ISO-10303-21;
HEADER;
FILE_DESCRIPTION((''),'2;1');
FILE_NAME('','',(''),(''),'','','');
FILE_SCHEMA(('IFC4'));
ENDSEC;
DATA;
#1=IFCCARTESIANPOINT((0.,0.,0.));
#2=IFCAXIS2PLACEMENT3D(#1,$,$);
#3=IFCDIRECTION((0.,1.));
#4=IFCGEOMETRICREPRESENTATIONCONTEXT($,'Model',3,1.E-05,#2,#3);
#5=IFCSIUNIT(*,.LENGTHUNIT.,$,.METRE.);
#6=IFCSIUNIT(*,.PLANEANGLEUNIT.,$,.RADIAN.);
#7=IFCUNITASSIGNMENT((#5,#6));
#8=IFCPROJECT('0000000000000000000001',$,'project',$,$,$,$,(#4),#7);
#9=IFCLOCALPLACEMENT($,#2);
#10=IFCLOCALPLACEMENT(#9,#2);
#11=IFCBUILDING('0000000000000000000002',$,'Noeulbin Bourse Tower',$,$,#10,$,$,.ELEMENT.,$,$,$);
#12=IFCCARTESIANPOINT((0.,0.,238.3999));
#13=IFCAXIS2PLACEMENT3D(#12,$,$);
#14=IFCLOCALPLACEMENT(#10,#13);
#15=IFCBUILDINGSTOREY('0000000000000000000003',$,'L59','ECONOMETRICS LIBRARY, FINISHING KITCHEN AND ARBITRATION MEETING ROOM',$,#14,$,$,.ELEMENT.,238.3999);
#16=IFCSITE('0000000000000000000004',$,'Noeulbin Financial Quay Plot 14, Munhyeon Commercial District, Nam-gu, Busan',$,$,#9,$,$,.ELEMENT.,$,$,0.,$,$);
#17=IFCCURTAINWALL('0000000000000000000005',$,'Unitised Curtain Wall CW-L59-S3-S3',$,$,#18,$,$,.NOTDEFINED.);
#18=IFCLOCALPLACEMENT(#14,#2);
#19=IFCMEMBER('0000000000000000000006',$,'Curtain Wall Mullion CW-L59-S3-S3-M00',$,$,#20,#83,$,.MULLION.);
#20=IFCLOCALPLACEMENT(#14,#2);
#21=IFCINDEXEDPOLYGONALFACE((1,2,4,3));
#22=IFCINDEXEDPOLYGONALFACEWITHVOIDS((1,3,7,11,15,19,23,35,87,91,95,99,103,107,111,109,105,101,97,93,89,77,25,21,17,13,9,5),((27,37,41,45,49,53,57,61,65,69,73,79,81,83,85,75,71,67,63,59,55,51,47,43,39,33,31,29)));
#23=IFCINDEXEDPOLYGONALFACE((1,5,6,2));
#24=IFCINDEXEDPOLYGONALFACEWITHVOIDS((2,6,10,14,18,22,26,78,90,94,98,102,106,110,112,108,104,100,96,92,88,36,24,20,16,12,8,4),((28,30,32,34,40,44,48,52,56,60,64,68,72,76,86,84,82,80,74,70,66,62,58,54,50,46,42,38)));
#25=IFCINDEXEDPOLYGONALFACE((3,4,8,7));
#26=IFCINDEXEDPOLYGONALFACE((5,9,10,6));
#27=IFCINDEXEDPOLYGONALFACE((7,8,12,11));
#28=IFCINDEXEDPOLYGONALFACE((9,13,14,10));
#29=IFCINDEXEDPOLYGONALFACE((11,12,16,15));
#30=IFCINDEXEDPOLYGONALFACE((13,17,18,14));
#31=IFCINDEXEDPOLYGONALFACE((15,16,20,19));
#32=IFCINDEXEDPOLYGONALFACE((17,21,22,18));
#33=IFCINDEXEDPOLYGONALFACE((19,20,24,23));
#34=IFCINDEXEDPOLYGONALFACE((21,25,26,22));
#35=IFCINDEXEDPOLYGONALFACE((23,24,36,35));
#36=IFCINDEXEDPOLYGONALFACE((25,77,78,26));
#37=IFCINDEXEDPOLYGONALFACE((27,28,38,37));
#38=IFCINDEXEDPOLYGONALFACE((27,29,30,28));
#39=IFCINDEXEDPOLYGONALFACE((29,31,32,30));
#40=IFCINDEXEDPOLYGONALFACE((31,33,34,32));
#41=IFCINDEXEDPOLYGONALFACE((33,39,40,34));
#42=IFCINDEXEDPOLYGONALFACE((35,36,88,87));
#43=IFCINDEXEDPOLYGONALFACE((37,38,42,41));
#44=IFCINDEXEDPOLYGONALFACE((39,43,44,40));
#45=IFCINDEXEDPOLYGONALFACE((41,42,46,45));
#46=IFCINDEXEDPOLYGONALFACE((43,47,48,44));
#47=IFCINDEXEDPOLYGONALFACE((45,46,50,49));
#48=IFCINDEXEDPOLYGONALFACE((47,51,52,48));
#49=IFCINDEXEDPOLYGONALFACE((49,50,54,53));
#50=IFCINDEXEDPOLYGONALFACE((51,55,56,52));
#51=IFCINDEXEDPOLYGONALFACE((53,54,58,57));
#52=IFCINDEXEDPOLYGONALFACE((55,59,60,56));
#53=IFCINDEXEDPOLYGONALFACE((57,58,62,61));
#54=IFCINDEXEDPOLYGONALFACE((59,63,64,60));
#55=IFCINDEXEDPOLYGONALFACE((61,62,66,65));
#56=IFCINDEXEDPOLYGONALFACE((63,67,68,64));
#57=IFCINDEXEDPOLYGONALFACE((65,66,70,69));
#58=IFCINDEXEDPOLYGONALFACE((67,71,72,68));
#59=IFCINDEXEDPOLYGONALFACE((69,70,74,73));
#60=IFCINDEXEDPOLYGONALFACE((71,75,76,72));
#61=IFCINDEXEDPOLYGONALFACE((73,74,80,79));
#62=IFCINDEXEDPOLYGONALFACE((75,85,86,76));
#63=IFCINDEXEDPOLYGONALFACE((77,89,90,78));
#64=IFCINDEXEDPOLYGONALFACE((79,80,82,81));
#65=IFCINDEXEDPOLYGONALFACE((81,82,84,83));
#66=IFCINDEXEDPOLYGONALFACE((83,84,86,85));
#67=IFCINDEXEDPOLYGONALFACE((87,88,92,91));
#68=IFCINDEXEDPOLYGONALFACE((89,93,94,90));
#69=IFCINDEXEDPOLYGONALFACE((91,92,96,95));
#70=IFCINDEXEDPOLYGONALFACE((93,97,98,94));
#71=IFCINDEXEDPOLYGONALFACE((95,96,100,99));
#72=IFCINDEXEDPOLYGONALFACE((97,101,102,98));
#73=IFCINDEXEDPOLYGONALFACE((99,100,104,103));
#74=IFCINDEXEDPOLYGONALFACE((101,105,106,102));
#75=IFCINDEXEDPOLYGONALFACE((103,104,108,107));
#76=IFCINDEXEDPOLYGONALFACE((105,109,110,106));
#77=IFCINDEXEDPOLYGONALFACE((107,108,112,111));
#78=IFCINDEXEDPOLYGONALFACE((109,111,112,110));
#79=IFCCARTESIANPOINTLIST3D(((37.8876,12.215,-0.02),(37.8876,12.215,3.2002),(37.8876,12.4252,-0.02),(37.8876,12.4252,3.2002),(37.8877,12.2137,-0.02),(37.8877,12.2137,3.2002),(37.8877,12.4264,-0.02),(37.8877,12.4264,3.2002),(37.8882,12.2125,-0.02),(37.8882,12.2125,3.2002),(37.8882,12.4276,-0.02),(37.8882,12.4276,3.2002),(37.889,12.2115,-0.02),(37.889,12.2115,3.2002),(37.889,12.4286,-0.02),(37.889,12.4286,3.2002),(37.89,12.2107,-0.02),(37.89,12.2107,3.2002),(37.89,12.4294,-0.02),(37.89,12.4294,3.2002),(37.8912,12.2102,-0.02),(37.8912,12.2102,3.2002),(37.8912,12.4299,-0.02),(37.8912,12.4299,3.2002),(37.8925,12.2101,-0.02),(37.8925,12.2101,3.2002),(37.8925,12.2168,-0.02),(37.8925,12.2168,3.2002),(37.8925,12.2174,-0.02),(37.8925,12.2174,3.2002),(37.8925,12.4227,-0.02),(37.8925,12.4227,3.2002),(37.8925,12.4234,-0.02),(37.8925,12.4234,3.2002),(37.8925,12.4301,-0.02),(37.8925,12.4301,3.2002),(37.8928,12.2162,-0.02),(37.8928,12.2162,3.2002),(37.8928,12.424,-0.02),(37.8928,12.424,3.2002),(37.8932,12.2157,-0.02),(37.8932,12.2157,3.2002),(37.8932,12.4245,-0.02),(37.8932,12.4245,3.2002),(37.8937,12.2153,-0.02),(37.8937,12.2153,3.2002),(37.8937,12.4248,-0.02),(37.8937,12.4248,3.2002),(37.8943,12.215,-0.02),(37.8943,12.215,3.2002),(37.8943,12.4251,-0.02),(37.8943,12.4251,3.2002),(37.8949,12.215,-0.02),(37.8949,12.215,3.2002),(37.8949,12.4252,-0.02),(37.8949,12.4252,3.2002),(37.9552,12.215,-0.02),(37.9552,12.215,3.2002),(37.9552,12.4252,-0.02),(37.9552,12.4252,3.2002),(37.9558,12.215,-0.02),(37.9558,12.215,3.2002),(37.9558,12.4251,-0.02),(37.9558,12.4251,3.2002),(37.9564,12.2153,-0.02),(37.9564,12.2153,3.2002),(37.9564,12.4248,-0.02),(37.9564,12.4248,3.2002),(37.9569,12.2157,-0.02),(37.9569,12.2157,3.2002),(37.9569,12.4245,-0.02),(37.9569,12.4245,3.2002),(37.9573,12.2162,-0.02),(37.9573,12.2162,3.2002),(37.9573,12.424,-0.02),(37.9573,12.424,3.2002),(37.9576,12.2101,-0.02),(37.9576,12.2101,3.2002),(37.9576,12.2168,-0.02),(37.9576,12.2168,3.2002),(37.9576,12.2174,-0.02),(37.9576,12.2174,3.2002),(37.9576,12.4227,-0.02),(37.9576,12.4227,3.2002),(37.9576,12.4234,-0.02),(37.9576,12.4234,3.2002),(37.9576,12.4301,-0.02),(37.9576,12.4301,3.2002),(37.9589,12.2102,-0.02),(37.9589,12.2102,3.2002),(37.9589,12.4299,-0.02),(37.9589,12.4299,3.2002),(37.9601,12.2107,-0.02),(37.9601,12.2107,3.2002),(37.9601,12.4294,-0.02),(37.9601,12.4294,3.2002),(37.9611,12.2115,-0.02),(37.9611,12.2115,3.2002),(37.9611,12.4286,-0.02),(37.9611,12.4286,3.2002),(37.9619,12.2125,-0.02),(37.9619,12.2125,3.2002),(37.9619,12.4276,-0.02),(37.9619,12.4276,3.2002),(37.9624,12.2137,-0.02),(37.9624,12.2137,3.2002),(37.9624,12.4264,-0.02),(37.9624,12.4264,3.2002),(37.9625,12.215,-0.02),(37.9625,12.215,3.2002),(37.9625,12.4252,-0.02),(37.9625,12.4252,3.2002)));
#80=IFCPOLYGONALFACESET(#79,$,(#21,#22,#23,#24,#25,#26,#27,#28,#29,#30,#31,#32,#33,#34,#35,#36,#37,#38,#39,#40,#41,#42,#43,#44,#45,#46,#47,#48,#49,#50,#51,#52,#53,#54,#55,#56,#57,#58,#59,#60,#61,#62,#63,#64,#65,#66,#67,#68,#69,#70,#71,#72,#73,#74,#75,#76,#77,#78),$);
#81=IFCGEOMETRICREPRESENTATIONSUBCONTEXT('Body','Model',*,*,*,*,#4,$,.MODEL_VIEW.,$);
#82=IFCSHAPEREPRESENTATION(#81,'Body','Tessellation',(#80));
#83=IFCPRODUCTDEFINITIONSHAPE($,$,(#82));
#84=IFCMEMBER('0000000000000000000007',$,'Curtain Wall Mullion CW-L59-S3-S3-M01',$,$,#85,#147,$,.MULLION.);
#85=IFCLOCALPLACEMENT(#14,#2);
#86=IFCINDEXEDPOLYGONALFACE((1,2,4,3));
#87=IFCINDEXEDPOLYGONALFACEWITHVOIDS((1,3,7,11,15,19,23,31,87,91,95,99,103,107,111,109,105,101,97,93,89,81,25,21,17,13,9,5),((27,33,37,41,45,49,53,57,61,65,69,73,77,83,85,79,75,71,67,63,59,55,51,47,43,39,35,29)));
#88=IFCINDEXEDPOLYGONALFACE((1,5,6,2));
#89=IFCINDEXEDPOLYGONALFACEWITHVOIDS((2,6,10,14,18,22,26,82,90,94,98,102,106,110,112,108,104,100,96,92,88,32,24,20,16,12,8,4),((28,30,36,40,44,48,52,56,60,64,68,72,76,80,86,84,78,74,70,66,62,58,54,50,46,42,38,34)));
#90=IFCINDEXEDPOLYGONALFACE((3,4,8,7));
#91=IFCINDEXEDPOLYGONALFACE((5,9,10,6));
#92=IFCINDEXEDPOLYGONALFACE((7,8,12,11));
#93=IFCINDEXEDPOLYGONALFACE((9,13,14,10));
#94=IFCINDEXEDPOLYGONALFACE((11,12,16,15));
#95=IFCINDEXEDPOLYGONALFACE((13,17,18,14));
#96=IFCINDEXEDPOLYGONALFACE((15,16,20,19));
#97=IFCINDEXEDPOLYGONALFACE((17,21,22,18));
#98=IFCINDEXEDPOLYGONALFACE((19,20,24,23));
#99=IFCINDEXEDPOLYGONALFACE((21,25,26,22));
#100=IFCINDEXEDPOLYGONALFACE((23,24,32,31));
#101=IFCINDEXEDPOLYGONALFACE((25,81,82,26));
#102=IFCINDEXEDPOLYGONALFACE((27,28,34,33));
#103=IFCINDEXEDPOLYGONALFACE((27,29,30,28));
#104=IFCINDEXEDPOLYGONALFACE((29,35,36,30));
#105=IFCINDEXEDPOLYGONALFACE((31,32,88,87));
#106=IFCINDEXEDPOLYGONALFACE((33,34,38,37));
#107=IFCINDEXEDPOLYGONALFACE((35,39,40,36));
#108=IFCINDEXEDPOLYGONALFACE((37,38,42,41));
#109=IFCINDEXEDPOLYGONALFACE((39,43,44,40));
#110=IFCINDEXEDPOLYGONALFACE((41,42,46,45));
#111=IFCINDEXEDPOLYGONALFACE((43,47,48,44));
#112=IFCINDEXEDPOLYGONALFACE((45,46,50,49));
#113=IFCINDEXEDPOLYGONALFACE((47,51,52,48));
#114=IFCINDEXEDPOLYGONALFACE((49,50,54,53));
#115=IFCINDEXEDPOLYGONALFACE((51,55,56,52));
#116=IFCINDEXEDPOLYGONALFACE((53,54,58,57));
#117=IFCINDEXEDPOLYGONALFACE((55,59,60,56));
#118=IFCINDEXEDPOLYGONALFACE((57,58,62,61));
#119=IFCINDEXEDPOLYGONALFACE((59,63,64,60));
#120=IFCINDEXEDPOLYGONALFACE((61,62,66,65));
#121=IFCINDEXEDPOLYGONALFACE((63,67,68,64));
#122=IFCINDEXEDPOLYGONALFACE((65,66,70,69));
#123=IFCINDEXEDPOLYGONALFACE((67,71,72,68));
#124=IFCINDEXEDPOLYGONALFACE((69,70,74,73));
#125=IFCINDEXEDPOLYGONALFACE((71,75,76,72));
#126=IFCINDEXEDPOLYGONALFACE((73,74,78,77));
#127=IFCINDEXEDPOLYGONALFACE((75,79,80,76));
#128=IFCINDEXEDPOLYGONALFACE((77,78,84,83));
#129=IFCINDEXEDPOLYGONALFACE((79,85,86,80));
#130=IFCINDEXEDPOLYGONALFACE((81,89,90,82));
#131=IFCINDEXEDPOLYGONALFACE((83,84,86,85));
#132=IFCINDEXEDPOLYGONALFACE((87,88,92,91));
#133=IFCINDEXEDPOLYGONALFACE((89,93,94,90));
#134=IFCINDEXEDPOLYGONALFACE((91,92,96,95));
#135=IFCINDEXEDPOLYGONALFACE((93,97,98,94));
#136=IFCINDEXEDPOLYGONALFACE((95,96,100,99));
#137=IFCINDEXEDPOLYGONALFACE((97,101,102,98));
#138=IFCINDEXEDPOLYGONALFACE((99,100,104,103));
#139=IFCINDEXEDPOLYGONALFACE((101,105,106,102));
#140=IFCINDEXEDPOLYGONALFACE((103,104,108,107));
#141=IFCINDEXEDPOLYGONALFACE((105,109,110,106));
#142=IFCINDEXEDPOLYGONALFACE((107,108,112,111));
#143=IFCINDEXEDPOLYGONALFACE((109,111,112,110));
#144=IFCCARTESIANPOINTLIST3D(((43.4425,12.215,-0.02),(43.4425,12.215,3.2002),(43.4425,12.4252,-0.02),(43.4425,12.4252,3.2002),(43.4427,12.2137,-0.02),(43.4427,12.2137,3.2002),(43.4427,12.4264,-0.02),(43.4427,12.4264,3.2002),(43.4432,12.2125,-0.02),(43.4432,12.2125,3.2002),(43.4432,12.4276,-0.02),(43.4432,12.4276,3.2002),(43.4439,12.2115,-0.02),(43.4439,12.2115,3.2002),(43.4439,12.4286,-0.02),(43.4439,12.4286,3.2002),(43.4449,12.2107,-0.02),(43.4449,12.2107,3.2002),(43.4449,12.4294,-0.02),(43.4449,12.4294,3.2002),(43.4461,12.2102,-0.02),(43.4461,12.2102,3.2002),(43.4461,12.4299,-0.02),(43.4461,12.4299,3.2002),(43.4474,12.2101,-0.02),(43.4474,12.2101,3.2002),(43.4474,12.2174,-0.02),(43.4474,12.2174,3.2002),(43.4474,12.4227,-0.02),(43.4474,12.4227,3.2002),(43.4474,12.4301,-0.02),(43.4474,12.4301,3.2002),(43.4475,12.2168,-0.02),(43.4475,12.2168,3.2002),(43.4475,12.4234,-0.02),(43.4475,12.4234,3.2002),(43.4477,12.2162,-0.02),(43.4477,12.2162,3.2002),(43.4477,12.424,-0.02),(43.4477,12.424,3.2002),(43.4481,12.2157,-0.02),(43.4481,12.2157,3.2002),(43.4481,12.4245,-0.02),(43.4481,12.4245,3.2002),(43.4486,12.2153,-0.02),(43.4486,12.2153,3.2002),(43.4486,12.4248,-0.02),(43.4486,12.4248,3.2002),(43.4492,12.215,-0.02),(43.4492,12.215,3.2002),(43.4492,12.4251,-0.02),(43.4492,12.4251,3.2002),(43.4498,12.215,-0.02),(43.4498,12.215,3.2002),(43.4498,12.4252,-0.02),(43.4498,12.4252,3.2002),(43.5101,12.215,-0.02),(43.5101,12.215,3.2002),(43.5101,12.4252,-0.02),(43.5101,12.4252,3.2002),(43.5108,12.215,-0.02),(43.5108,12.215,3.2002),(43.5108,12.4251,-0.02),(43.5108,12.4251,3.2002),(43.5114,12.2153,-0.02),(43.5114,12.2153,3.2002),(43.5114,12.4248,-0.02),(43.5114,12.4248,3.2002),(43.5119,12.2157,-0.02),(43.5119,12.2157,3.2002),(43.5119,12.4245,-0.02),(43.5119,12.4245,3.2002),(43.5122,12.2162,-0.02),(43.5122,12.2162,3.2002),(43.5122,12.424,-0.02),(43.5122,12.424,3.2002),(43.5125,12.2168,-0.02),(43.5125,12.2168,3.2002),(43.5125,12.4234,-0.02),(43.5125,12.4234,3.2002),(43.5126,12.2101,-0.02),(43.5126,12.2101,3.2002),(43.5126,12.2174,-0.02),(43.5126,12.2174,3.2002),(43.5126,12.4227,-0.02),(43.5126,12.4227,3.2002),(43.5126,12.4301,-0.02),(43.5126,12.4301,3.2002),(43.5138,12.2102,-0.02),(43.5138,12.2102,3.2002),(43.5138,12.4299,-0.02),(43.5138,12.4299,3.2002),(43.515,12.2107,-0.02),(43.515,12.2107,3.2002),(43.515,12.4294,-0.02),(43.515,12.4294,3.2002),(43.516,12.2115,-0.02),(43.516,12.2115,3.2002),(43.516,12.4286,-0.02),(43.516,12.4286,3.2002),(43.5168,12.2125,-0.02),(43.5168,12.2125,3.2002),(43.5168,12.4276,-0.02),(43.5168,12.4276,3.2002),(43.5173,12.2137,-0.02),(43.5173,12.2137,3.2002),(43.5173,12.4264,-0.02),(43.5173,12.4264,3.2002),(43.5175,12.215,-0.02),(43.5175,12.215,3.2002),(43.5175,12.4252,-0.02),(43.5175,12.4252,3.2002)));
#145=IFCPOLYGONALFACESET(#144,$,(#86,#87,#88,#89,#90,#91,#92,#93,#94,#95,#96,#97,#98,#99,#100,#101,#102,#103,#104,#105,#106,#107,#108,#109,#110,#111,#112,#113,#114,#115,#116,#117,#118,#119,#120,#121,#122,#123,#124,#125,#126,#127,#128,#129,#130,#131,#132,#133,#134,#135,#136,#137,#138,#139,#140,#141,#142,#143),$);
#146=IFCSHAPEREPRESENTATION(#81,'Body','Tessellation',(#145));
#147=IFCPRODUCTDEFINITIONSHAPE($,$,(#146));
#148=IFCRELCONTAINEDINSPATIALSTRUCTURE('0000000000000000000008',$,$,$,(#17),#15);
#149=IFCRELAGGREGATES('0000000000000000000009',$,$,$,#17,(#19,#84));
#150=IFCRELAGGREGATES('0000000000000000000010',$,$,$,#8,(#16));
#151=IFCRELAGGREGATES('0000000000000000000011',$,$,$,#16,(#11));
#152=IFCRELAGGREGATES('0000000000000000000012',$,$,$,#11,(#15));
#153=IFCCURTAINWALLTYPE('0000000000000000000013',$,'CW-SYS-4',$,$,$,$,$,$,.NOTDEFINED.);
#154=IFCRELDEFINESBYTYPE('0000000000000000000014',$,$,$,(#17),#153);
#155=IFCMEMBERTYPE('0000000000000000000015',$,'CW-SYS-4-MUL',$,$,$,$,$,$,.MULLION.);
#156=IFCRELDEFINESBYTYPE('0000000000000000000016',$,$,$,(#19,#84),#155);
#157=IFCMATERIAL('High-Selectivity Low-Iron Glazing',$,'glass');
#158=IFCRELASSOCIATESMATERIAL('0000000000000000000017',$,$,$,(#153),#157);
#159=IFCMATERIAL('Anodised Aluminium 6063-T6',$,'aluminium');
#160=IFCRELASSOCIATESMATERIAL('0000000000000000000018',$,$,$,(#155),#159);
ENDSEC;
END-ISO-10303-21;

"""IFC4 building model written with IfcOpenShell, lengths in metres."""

from ifc_helpers import new_model, si_unit, direction, frame, origin, origin_2d, place, context, subcontext, project, spatial, hollow_rectangle, extrude, material, material_profile, profile_set, type_object, element, aggregate, save


model = new_model("IFC4")

# Units and contexts
model_context = context("Model", 3, precision=1e-05, world=origin(), true_north=direction((0.0, 1.0)))
body_context = subcontext(model_context, "Body", "Model", "MODEL_VIEW")
ifc_project = project(units=[si_unit("LENGTHUNIT", "METRE"), si_unit("PLANEANGLEUNIT", "RADIAN")], contexts=[model_context])

# Site, building, storey
site_placement = place(None, origin())
site = spatial("IfcSite", under=ifc_project, at=site_placement, Name="Noeulbin Financial Quay Plot 14, Munhyeon Commercial District, Nam-gu, Busan", CompositionType="ELEMENT", RefElevation=0.0)
building_placement = place(site_placement, origin())
building = spatial("IfcBuilding", under=site, at=building_placement, Name="Noeulbin Bourse Tower", CompositionType="ELEMENT")
storey_placement = place(building_placement, frame((0.0, 0.0, 238.3999)))
storey = spatial("IfcBuildingStorey", under=building, at=storey_placement, Name="L59", Description="ECONOMETRICS LIBRARY, FINISHING KITCHEN AND ARBITRATION MEETING ROOM", CompositionType="ELEMENT", Elevation=238.3999)

# Curtain wall, members
ifc_material_1 = material(Name="High-Selectivity Low-Iron Glazing", Category="glass")
curtain_wall_type = type_object("IfcCurtainWallType", Name="CW-SYS-4", PredefinedType="NOTDEFINED", material=ifc_material_1)
ifc_material_2 = material(Name="Anodised Aluminium 6063-T6", Category="aluminium")
ifc_material_profile_1 = material_profile(ifc_material_2, hollow_rectangle(XDim=0.075, YDim=0.22, WallThickness=0.0049, InnerFilletRadius=0.0024, OuterFilletRadius=0.0049, at=origin_2d()), Name="ALU-MULL-75x220x5", Category="LoadBearing")
ifc_profile_set_1 = profile_set([ifc_material_profile_1], Name="Anodised Aluminium 6063-T6")
member_type_1 = type_object("IfcMemberType", Name="CW-SYS-4-MUL", PredefinedType="MULLION", material=ifc_profile_set_1)
curtain_wall_1_placement = place(storey_placement, origin())
curtain_wall_1 = element("IfcCurtainWall", 1, at=curtain_wall_1_placement, inside=storey, type_object=curtain_wall_type, Name="Unitised Curtain Wall CW-L59-S3-S3", PredefinedType="NOTDEFINED")
member_1_placement = place(storey_placement, frame((37.925, 12.3201, -0.02), z_axis=(0.0, 0.0, 1.0), x_axis=(1.0, 0.0, 0.0)))
member_1 = element("IfcMember", 2, at=member_1_placement, type_object=member_type_1, Name="Curtain Wall Mullion CW-L59-S3-S3-M00", PredefinedType="MULLION", context=body_context, shape_type="SweptSolid", body=[
    extrude(hollow_rectangle(XDim=0.075, YDim=0.22, WallThickness=0.0049, InnerFilletRadius=0.0024, OuterFilletRadius=0.0049, at=origin_2d()), origin(), (0.0, 0.0, 1.0), 3.2202),
])
member_2_placement = place(storey_placement, frame((43.48, 12.3201, -0.02), z_axis=(0.0, 0.0, 1.0), x_axis=(1.0, 0.0, 0.0)))
member_2 = element("IfcMember", 3, at=member_2_placement, type_object=member_type_1, Name="Curtain Wall Mullion CW-L59-S3-S3-M01", PredefinedType="MULLION", context=body_context, shape_type="SweptSolid", body=[
    extrude(hollow_rectangle(XDim=0.075, YDim=0.22, WallThickness=0.0049, InnerFilletRadius=0.0024, OuterFilletRadius=0.0049, at=origin_2d()), origin(), (0.0, 0.0, 1.0), 3.2202),
])

aggregate(curtain_wall_1, [member_1, member_2])

save(model, "model.ifc")
